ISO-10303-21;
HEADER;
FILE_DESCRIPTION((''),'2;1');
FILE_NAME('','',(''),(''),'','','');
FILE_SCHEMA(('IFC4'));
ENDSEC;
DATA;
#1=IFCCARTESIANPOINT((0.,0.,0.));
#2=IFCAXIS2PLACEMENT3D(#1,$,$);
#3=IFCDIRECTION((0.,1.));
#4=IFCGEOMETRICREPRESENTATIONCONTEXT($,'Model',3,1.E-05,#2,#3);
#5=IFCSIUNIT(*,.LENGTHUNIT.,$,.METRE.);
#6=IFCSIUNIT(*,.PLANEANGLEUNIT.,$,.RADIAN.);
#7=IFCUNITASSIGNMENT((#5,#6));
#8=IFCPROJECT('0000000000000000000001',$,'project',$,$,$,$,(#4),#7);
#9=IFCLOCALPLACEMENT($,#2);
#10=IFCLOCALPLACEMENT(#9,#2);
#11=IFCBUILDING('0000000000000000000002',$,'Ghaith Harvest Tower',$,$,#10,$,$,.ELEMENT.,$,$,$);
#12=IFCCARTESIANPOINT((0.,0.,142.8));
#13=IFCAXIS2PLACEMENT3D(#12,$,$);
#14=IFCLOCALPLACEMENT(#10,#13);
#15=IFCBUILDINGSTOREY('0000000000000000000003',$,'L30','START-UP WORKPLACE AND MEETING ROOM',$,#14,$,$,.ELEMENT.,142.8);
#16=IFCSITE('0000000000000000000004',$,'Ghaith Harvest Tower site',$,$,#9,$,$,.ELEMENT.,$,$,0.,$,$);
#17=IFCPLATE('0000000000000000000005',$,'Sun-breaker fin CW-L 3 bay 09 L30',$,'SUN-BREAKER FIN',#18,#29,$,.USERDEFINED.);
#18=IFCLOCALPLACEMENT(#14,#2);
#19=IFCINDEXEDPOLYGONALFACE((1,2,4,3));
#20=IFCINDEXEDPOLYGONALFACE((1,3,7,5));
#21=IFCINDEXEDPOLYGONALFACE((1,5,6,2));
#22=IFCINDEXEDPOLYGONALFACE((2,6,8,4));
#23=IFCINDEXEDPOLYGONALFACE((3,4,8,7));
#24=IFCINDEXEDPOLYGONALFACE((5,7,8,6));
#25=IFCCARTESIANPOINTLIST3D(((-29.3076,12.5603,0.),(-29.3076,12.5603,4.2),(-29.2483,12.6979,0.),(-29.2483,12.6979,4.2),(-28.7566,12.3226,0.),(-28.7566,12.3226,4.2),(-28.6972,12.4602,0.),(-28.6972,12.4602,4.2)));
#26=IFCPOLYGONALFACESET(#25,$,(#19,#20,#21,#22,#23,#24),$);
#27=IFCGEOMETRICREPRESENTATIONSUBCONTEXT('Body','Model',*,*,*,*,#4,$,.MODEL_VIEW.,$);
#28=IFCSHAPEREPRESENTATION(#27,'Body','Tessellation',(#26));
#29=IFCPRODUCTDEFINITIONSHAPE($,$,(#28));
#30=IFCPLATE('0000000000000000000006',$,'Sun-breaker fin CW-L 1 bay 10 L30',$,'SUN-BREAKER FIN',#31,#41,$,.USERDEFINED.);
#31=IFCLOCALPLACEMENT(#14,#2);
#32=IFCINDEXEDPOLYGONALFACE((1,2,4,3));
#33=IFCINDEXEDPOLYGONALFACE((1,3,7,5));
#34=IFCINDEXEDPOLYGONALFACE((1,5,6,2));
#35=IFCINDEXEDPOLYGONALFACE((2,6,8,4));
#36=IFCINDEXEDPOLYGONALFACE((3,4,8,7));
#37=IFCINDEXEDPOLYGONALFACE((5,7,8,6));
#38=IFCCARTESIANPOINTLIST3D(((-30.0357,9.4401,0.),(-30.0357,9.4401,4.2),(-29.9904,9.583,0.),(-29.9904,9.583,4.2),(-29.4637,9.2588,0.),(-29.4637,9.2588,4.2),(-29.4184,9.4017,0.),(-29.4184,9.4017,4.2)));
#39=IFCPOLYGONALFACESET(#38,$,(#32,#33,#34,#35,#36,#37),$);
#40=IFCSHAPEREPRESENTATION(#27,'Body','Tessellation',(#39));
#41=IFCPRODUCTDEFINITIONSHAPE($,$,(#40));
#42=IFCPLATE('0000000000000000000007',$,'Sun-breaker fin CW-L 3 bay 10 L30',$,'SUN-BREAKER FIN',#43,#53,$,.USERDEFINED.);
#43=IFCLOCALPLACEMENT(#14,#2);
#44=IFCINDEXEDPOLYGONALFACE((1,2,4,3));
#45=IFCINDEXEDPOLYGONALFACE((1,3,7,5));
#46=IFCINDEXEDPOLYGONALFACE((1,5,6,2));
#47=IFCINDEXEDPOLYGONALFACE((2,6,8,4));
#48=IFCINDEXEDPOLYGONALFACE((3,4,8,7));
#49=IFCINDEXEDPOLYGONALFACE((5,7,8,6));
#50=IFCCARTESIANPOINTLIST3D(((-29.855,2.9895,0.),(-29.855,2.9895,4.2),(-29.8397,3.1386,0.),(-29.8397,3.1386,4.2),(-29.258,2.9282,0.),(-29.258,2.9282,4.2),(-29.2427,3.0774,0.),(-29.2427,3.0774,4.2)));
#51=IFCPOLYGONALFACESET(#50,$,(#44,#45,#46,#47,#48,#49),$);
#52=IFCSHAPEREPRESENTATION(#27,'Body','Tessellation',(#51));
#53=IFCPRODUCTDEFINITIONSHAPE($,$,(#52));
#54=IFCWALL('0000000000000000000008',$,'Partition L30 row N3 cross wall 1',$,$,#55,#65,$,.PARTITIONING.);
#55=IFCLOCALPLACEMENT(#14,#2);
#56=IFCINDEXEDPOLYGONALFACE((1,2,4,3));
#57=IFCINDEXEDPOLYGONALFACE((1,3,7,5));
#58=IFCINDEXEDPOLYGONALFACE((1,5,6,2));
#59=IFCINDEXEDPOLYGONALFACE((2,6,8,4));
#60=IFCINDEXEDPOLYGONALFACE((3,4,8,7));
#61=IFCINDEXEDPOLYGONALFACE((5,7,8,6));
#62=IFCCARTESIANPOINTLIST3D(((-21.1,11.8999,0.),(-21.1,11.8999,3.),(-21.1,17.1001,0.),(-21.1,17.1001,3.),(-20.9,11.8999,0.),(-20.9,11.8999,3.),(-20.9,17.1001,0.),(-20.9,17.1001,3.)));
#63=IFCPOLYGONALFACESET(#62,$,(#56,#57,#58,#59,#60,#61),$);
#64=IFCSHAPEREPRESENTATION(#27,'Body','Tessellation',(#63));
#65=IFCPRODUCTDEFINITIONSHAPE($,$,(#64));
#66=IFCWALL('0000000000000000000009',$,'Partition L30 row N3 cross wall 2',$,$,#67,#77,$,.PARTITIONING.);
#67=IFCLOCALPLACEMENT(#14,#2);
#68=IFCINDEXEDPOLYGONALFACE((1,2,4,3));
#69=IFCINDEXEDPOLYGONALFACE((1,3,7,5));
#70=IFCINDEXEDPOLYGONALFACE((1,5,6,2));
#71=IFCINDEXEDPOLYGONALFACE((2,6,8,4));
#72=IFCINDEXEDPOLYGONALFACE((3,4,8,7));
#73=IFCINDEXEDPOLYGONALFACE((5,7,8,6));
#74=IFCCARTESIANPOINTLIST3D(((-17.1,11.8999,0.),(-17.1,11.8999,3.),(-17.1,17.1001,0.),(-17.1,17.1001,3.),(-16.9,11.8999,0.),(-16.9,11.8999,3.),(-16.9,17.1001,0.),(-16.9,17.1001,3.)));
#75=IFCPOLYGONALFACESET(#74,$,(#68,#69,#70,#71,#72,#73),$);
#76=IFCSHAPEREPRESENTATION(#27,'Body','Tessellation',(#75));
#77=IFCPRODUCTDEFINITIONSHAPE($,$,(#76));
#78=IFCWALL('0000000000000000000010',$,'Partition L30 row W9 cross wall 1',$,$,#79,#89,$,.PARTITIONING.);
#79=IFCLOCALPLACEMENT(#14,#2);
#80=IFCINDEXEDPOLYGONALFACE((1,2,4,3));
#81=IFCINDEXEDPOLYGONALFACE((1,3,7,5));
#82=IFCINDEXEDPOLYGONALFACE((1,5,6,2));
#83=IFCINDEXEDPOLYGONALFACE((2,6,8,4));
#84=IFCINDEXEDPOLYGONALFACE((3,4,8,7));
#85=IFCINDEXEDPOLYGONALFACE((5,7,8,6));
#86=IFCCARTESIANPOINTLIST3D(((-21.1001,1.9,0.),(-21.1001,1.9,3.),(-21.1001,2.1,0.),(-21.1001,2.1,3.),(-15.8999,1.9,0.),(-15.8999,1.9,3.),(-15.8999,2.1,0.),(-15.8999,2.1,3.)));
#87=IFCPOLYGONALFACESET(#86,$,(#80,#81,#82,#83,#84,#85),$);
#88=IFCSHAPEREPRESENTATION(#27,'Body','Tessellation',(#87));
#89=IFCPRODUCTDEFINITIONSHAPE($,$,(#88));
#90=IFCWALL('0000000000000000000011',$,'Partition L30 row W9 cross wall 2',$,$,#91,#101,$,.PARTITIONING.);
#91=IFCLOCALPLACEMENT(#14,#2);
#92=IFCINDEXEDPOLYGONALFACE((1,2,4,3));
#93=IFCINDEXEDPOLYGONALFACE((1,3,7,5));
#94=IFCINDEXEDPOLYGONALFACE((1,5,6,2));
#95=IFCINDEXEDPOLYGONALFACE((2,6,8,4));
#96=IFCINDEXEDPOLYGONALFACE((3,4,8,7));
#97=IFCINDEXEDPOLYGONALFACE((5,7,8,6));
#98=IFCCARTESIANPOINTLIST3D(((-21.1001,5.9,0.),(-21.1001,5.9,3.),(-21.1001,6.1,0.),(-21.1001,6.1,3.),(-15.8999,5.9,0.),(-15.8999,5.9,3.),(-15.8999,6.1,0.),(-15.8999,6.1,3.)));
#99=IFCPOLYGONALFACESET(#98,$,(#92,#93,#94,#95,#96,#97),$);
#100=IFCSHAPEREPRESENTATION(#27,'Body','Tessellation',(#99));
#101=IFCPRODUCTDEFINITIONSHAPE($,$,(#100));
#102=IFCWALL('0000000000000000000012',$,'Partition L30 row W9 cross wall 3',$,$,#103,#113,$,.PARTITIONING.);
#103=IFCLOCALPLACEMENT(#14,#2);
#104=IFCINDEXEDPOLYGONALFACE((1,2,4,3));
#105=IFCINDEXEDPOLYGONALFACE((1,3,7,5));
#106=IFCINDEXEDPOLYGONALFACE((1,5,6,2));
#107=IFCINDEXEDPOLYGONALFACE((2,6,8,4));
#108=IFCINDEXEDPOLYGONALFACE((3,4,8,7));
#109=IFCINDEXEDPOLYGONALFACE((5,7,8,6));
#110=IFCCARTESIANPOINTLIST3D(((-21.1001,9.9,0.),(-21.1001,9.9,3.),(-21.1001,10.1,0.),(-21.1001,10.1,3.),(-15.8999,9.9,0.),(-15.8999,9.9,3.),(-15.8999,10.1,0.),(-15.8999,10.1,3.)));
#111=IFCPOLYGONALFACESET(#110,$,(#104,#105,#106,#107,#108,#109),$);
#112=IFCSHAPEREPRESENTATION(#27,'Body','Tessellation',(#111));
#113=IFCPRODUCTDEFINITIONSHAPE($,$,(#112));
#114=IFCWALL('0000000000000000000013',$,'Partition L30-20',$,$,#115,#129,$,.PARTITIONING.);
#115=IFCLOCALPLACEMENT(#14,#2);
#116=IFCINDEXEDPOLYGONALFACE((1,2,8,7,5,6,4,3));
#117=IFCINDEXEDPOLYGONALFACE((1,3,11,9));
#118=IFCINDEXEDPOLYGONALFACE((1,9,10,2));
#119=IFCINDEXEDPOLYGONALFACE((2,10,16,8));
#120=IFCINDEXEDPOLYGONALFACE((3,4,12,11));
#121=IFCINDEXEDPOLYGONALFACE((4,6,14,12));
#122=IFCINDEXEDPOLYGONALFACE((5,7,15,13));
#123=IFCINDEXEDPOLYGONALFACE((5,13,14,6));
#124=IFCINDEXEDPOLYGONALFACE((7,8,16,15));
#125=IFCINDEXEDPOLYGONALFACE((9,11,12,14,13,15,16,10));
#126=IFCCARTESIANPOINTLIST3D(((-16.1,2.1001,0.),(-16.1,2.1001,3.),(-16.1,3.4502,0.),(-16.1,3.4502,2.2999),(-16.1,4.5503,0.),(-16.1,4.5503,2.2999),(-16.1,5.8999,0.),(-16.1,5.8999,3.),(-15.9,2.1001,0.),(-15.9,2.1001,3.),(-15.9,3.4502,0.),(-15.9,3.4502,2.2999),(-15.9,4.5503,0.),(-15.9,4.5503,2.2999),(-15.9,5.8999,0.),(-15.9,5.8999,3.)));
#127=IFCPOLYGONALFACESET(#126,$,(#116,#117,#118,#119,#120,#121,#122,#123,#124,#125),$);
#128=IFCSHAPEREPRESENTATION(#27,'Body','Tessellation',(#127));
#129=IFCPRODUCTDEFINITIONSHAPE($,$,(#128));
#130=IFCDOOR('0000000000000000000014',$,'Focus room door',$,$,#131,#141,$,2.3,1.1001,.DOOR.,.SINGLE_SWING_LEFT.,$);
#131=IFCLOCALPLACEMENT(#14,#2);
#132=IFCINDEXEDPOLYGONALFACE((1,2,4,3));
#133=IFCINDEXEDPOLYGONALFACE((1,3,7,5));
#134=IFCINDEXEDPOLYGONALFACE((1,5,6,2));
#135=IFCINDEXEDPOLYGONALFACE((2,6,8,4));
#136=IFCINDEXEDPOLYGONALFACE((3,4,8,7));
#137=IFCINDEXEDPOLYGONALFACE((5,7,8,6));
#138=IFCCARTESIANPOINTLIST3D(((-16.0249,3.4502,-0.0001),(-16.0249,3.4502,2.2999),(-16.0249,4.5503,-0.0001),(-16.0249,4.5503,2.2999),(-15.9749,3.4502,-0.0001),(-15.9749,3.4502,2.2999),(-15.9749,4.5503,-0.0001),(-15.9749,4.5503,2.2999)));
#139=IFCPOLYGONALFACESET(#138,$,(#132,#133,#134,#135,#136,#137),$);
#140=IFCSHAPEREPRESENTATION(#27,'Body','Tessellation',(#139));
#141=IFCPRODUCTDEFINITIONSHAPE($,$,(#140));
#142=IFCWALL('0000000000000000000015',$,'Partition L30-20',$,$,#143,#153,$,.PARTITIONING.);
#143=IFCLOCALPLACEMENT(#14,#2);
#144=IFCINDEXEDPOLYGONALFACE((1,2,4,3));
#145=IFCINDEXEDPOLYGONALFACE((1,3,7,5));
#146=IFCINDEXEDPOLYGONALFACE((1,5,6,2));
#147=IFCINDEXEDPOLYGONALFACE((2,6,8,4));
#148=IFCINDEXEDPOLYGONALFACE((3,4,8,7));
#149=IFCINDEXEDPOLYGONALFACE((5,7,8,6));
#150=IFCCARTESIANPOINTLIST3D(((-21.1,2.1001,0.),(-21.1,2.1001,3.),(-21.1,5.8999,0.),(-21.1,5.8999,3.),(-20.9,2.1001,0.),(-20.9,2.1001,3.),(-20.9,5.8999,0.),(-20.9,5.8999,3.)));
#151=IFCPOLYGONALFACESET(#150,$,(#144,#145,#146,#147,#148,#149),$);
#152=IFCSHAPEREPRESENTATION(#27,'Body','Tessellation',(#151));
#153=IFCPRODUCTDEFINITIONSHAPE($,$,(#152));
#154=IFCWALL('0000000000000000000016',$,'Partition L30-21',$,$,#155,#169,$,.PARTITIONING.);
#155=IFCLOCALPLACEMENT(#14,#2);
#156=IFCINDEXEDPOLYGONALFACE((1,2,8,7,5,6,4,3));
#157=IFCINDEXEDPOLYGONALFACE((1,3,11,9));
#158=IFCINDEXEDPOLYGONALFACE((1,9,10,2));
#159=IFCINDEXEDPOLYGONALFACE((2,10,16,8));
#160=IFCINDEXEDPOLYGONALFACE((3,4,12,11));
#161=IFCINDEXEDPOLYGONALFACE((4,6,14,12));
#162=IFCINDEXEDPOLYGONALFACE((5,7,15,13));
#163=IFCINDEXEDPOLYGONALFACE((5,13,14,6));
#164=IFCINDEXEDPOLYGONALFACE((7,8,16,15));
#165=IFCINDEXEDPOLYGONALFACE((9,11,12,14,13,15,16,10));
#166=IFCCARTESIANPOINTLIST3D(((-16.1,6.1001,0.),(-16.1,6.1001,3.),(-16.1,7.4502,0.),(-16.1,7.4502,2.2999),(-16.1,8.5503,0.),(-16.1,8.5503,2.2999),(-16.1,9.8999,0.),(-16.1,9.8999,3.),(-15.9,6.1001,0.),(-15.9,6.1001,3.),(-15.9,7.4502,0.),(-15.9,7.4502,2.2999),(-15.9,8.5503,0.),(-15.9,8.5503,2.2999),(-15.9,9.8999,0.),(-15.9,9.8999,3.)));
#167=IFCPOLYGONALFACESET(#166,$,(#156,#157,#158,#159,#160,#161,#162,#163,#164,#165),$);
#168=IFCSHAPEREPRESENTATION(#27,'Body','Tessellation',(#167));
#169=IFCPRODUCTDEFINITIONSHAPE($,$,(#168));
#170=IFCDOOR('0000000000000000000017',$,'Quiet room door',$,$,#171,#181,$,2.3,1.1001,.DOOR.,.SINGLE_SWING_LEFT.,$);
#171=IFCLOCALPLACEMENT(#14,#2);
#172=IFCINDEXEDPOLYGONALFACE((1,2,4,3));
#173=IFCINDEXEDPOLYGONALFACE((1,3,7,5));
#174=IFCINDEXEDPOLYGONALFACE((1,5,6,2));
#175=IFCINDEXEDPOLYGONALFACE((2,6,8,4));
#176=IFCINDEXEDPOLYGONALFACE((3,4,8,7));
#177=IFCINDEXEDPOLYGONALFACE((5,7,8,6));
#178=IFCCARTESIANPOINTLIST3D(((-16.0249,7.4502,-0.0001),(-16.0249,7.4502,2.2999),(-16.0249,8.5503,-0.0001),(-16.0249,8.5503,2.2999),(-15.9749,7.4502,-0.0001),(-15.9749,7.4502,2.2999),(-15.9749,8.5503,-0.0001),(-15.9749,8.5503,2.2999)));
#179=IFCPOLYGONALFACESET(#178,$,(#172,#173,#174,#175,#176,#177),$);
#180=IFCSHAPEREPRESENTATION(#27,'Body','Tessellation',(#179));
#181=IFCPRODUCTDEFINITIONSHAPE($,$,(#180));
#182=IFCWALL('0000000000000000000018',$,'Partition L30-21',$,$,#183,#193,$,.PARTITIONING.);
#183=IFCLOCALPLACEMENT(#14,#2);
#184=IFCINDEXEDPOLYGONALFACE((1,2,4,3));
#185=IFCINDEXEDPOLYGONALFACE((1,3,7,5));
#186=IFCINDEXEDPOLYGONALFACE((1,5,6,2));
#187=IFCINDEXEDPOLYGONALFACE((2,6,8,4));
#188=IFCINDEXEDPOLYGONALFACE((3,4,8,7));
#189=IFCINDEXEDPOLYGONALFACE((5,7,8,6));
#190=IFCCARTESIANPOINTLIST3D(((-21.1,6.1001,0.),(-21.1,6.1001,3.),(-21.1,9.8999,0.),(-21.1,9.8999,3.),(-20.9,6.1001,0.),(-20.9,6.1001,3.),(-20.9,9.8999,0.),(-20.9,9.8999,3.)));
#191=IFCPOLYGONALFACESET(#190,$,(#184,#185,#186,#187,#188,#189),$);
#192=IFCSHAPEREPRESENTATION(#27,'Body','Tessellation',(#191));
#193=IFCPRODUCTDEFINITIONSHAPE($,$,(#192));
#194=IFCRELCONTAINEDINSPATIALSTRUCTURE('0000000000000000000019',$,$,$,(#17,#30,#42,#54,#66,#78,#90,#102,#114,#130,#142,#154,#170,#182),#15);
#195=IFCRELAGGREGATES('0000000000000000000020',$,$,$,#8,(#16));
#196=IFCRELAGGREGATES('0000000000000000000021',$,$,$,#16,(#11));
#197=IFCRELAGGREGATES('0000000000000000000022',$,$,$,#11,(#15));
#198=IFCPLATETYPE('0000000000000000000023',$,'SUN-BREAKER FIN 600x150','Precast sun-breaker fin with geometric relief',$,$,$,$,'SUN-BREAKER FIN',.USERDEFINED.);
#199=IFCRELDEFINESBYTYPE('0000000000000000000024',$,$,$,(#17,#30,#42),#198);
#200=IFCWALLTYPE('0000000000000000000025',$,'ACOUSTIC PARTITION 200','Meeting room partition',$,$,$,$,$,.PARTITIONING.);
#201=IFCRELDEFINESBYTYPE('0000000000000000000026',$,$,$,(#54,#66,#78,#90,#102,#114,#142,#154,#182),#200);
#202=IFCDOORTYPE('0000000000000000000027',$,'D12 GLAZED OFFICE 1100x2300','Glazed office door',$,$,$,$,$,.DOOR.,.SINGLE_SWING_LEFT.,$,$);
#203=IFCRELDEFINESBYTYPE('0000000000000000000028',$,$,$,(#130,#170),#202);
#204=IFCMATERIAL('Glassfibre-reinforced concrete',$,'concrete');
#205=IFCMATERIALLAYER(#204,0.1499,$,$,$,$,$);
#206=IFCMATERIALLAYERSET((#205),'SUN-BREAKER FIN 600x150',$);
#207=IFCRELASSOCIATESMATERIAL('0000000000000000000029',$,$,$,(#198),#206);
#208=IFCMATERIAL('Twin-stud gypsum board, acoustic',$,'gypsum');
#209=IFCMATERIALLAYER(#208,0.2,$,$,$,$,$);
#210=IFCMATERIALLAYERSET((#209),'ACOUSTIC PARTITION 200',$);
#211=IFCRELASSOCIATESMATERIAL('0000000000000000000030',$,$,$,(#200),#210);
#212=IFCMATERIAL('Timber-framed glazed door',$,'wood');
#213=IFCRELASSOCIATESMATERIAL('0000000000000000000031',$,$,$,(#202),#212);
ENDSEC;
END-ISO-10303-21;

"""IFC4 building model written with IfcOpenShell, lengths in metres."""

from ifc_helpers import new_model, si_unit, direction, frame, frame_2d, origin, origin_2d, place, context, subcontext, project, spatial, rectangle, extrude, material, layer, layer_set, type_object, element, fill, save


model = new_model("IFC4")

# Units and contexts
model_context = context("Model", 3, precision=1e-05, world=origin(), true_north=direction((0.0, 1.0)))
body_context = subcontext(model_context, "Body", "Model", "MODEL_VIEW")
ifc_project = project(units=[si_unit("LENGTHUNIT", "METRE"), si_unit("PLANEANGLEUNIT", "RADIAN")], contexts=[model_context])

# Site, building, storey
site_placement = place(None, origin())
site = spatial("IfcSite", under=ifc_project, at=site_placement, Name="Ghaith Harvest Tower site", CompositionType="ELEMENT", RefElevation=0.0)
building_placement = place(site_placement, origin())
building = spatial("IfcBuilding", under=site, at=building_placement, Name="Ghaith Harvest Tower", CompositionType="ELEMENT")
storey_placement = place(building_placement, frame((0.0, 0.0, 142.8)))
storey = spatial("IfcBuildingStorey", under=building, at=storey_placement, Name="L30", Description="START-UP WORKPLACE AND MEETING ROOM", CompositionType="ELEMENT", Elevation=142.8)

# Plates
ifc_material_1 = material(Name="Glassfibre-reinforced concrete", Category="concrete")
ifc_layer_1 = layer(ifc_material_1, 0.1499)
ifc_layer_set_1 = layer_set([ifc_layer_1], Name="SUN-BREAKER FIN 600x150")
plate_type_1 = type_object("IfcPlateType", Name="SUN-BREAKER FIN 600x150", Description="Precast sun-breaker fin with geometric relief", ElementType="SUN-BREAKER FIN", PredefinedType="USERDEFINED", material=ifc_layer_set_1)
for number, where, z_axis, x_axis, name in (
    (1, (-29.0024, 12.5103, 0.0), (0.0, 0.0, 1.0), (-0.918218, 0.396075, 0.0), "Sun-breaker fin CW-L 3 bay 09 L30"),
    (2, (-29.7271, 9.4209, 0.0), (0.0, 0.0, 1.0), (-0.953273, 0.30211, 0.0), "Sun-breaker fin CW-L 1 bay 10 L30"),
    (3, (-29.5488, 3.0334, 0.0), (0.0, 0.0, 1.0), (-0.994772, 0.102123, 0.0), "Sun-breaker fin CW-L 3 bay 10 L30"),
):
    element("IfcPlate", number, at=place(storey_placement, frame(where, z_axis=z_axis, x_axis=x_axis)), inside=storey, type_object=plate_type_1, Name=name, ObjectType="SUN-BREAKER FIN", PredefinedType="USERDEFINED", context=body_context, shape_type="SweptSolid", body=[
        extrude(rectangle(XDim=0.6001, YDim=0.1499, at=origin_2d()), origin(), (0.0, 0.0, 1.0), 4.2),
    ])

# Walls
ifc_material_2 = material(Name="Twin-stud gypsum board, acoustic", Category="gypsum")
ifc_layer_2 = layer(ifc_material_2, 0.2)
ifc_layer_set_2 = layer_set([ifc_layer_2], Name="ACOUSTIC PARTITION 200")
wall_type = type_object("IfcWallType", Name="ACOUSTIC PARTITION 200", Description="Meeting room partition", PredefinedType="PARTITIONING", material=ifc_layer_set_2)
for number, where, z_axis, x_axis, name in (
    (4, (-21.0, 11.8999, 0.0), (0.0, 0.0, 1.0), (0.0, 1.0, 0.0), "Partition L30 row N3 cross wall 1"),
    (5, (-17.0, 11.8999, 0.0), (0.0, 0.0, 1.0), (0.0, 1.0, 0.0), "Partition L30 row N3 cross wall 2"),
):
    element("IfcWall", number, at=place(storey_placement, frame(where, z_axis=z_axis, x_axis=x_axis)), inside=storey, type_object=wall_type, Name=name, PredefinedType="PARTITIONING", context=body_context, shape_type="SweptSolid", body=[
        extrude(rectangle(XDim=5.2002, YDim=0.2, at=frame_2d((2.6001, 0.0))), origin(), (0.0, 0.0, 1.0), 3.0),
    ])

# Walls
for number, where, z_axis, x_axis, name in (
    (6, (-15.8999, 2.0, 0.0), (0.0, 0.0, 1.0), (-1.0, 0.0, 0.0), "Partition L30 row W9 cross wall 1"),
    (7, (-15.8999, 6.0, 0.0), (0.0, 0.0, 1.0), (-1.0, 0.0, 0.0), "Partition L30 row W9 cross wall 2"),
    (8, (-15.8999, 10.0, 0.0), (0.0, 0.0, 1.0), (-1.0, 0.0, 0.0), "Partition L30 row W9 cross wall 3"),
):
    element("IfcWall", number, at=place(storey_placement, frame(where, z_axis=z_axis, x_axis=x_axis)), inside=storey, type_object=wall_type, Name=name, PredefinedType="PARTITIONING", context=body_context, shape_type="SweptSolid", body=[
        extrude(rectangle(XDim=5.2002, YDim=0.2, at=frame_2d((2.6001, 0.0))), origin(), (0.0, 0.0, 1.0), 3.0),
    ])

# Wall, opening, door
wall_1_placement = place(storey_placement, frame((-16.0, 2.1001, 0.0), z_axis=(0.0, 0.0, 1.0), x_axis=(0.0, 1.0, 0.0)))
wall_1 = element("IfcWall", 9, at=wall_1_placement, inside=storey, type_object=wall_type, Name="Partition L30-20", PredefinedType="PARTITIONING", context=body_context, shape_type="SweptSolid", body=[
    extrude(rectangle(XDim=3.7998, YDim=0.2, at=frame_2d((1.8999, 0.0))), origin(), (0.0, 0.0, 1.0), 3.0),
])
opening_1_placement = place(wall_1_placement, frame((1.3501, 0.0, 0.0)))
opening_1 = element("IfcOpeningElement", 10, at=opening_1_placement, cuts=wall_1, PredefinedType="OPENING", context=body_context, shape_type="SweptSolid", body=[
    extrude(rectangle(XDim=1.1001, YDim=2.3, at=frame_2d((0.55, 1.1499))), frame((0.0, 0.1099, 0.0), z_axis=(0.0, -1.0, 0.0), x_axis=(1.0, 0.0, 0.0)), (0.0, 0.0, 1.0), 0.22),
])
ifc_material_3 = material(Name="Timber-framed glazed door", Category="wood")
door_type_1 = type_object("IfcDoorType", Name="D12 GLAZED OFFICE 1100x2300", Description="Glazed office door", OperationType="SINGLE_SWING_LEFT", PredefinedType="DOOR", material=ifc_material_3)
door_1_placement = place(opening_1_placement, origin())
door_1 = element("IfcDoor", 11, at=door_1_placement, inside=storey, type_object=door_type_1, Name="Focus room door", OperationType="SINGLE_SWING_LEFT", OverallHeight=2.3, OverallWidth=1.1001, PredefinedType="DOOR", context=body_context, shape_type="SweptSolid", body=[
    extrude(rectangle(XDim=1.1001, YDim=2.3, at=frame_2d((0.55, 1.1499))), frame((0.0, 0.0249, 0.0), z_axis=(0.0, -1.0, 0.0), x_axis=(1.0, 0.0, 0.0)), (0.0, 0.0, 1.0), 0.05),
])
fill(opening_1, door_1)

# Wall
wall_2_placement = place(storey_placement, frame((-21.0, 2.1001, 0.0), z_axis=(0.0, 0.0, 1.0), x_axis=(0.0, 1.0, 0.0)))
element("IfcWall", 12, at=wall_2_placement, inside=storey, type_object=wall_type, Name="Partition L30-20", PredefinedType="PARTITIONING", context=body_context, shape_type="SweptSolid", body=[
    extrude(rectangle(XDim=3.7998, YDim=0.2, at=frame_2d((1.8999, 0.0))), origin(), (0.0, 0.0, 1.0), 3.0),
])

# Wall, opening, door
wall_3_placement = place(storey_placement, frame((-16.0, 6.1001, 0.0), z_axis=(0.0, 0.0, 1.0), x_axis=(0.0, 1.0, 0.0)))
wall_3 = element("IfcWall", 13, at=wall_3_placement, inside=storey, type_object=wall_type, Name="Partition L30-21", PredefinedType="PARTITIONING", context=body_context, shape_type="SweptSolid", body=[
    extrude(rectangle(XDim=3.7998, YDim=0.2, at=frame_2d((1.8999, 0.0))), origin(), (0.0, 0.0, 1.0), 3.0),
])
opening_2_placement = place(wall_3_placement, frame((1.3501, 0.0, 0.0)))
opening_2 = element("IfcOpeningElement", 14, at=opening_2_placement, cuts=wall_3, PredefinedType="OPENING", context=body_context, shape_type="SweptSolid", body=[
    extrude(rectangle(XDim=1.1001, YDim=2.3, at=frame_2d((0.55, 1.1499))), frame((0.0, 0.1099, 0.0), z_axis=(0.0, -1.0, 0.0), x_axis=(1.0, 0.0, 0.0)), (0.0, 0.0, 1.0), 0.22),
])
door_2_placement = place(opening_2_placement, origin())
door_2 = element("IfcDoor", 15, at=door_2_placement, inside=storey, type_object=door_type_1, Name="Quiet room door", OperationType="SINGLE_SWING_LEFT", OverallHeight=2.3, OverallWidth=1.1001, PredefinedType="DOOR", context=body_context, shape_type="SweptSolid", body=[
    extrude(rectangle(XDim=1.1001, YDim=2.3, at=frame_2d((0.55, 1.1499))), frame((0.0, 0.0249, 0.0), z_axis=(0.0, -1.0, 0.0), x_axis=(1.0, 0.0, 0.0)), (0.0, 0.0, 1.0), 0.05),
])
fill(opening_2, door_2)

# Wall
wall_4_placement = place(storey_placement, frame((-21.0, 6.1001, 0.0), z_axis=(0.0, 0.0, 1.0), x_axis=(0.0, 1.0, 0.0)))
element("IfcWall", 16, at=wall_4_placement, inside=storey, type_object=wall_type, Name="Partition L30-21", PredefinedType="PARTITIONING", context=body_context, shape_type="SweptSolid", body=[
    extrude(rectangle(XDim=3.7998, YDim=0.2, at=frame_2d((1.8999, 0.0))), origin(), (0.0, 0.0, 1.0), 3.0),
])

save(model, "model.ifc")
